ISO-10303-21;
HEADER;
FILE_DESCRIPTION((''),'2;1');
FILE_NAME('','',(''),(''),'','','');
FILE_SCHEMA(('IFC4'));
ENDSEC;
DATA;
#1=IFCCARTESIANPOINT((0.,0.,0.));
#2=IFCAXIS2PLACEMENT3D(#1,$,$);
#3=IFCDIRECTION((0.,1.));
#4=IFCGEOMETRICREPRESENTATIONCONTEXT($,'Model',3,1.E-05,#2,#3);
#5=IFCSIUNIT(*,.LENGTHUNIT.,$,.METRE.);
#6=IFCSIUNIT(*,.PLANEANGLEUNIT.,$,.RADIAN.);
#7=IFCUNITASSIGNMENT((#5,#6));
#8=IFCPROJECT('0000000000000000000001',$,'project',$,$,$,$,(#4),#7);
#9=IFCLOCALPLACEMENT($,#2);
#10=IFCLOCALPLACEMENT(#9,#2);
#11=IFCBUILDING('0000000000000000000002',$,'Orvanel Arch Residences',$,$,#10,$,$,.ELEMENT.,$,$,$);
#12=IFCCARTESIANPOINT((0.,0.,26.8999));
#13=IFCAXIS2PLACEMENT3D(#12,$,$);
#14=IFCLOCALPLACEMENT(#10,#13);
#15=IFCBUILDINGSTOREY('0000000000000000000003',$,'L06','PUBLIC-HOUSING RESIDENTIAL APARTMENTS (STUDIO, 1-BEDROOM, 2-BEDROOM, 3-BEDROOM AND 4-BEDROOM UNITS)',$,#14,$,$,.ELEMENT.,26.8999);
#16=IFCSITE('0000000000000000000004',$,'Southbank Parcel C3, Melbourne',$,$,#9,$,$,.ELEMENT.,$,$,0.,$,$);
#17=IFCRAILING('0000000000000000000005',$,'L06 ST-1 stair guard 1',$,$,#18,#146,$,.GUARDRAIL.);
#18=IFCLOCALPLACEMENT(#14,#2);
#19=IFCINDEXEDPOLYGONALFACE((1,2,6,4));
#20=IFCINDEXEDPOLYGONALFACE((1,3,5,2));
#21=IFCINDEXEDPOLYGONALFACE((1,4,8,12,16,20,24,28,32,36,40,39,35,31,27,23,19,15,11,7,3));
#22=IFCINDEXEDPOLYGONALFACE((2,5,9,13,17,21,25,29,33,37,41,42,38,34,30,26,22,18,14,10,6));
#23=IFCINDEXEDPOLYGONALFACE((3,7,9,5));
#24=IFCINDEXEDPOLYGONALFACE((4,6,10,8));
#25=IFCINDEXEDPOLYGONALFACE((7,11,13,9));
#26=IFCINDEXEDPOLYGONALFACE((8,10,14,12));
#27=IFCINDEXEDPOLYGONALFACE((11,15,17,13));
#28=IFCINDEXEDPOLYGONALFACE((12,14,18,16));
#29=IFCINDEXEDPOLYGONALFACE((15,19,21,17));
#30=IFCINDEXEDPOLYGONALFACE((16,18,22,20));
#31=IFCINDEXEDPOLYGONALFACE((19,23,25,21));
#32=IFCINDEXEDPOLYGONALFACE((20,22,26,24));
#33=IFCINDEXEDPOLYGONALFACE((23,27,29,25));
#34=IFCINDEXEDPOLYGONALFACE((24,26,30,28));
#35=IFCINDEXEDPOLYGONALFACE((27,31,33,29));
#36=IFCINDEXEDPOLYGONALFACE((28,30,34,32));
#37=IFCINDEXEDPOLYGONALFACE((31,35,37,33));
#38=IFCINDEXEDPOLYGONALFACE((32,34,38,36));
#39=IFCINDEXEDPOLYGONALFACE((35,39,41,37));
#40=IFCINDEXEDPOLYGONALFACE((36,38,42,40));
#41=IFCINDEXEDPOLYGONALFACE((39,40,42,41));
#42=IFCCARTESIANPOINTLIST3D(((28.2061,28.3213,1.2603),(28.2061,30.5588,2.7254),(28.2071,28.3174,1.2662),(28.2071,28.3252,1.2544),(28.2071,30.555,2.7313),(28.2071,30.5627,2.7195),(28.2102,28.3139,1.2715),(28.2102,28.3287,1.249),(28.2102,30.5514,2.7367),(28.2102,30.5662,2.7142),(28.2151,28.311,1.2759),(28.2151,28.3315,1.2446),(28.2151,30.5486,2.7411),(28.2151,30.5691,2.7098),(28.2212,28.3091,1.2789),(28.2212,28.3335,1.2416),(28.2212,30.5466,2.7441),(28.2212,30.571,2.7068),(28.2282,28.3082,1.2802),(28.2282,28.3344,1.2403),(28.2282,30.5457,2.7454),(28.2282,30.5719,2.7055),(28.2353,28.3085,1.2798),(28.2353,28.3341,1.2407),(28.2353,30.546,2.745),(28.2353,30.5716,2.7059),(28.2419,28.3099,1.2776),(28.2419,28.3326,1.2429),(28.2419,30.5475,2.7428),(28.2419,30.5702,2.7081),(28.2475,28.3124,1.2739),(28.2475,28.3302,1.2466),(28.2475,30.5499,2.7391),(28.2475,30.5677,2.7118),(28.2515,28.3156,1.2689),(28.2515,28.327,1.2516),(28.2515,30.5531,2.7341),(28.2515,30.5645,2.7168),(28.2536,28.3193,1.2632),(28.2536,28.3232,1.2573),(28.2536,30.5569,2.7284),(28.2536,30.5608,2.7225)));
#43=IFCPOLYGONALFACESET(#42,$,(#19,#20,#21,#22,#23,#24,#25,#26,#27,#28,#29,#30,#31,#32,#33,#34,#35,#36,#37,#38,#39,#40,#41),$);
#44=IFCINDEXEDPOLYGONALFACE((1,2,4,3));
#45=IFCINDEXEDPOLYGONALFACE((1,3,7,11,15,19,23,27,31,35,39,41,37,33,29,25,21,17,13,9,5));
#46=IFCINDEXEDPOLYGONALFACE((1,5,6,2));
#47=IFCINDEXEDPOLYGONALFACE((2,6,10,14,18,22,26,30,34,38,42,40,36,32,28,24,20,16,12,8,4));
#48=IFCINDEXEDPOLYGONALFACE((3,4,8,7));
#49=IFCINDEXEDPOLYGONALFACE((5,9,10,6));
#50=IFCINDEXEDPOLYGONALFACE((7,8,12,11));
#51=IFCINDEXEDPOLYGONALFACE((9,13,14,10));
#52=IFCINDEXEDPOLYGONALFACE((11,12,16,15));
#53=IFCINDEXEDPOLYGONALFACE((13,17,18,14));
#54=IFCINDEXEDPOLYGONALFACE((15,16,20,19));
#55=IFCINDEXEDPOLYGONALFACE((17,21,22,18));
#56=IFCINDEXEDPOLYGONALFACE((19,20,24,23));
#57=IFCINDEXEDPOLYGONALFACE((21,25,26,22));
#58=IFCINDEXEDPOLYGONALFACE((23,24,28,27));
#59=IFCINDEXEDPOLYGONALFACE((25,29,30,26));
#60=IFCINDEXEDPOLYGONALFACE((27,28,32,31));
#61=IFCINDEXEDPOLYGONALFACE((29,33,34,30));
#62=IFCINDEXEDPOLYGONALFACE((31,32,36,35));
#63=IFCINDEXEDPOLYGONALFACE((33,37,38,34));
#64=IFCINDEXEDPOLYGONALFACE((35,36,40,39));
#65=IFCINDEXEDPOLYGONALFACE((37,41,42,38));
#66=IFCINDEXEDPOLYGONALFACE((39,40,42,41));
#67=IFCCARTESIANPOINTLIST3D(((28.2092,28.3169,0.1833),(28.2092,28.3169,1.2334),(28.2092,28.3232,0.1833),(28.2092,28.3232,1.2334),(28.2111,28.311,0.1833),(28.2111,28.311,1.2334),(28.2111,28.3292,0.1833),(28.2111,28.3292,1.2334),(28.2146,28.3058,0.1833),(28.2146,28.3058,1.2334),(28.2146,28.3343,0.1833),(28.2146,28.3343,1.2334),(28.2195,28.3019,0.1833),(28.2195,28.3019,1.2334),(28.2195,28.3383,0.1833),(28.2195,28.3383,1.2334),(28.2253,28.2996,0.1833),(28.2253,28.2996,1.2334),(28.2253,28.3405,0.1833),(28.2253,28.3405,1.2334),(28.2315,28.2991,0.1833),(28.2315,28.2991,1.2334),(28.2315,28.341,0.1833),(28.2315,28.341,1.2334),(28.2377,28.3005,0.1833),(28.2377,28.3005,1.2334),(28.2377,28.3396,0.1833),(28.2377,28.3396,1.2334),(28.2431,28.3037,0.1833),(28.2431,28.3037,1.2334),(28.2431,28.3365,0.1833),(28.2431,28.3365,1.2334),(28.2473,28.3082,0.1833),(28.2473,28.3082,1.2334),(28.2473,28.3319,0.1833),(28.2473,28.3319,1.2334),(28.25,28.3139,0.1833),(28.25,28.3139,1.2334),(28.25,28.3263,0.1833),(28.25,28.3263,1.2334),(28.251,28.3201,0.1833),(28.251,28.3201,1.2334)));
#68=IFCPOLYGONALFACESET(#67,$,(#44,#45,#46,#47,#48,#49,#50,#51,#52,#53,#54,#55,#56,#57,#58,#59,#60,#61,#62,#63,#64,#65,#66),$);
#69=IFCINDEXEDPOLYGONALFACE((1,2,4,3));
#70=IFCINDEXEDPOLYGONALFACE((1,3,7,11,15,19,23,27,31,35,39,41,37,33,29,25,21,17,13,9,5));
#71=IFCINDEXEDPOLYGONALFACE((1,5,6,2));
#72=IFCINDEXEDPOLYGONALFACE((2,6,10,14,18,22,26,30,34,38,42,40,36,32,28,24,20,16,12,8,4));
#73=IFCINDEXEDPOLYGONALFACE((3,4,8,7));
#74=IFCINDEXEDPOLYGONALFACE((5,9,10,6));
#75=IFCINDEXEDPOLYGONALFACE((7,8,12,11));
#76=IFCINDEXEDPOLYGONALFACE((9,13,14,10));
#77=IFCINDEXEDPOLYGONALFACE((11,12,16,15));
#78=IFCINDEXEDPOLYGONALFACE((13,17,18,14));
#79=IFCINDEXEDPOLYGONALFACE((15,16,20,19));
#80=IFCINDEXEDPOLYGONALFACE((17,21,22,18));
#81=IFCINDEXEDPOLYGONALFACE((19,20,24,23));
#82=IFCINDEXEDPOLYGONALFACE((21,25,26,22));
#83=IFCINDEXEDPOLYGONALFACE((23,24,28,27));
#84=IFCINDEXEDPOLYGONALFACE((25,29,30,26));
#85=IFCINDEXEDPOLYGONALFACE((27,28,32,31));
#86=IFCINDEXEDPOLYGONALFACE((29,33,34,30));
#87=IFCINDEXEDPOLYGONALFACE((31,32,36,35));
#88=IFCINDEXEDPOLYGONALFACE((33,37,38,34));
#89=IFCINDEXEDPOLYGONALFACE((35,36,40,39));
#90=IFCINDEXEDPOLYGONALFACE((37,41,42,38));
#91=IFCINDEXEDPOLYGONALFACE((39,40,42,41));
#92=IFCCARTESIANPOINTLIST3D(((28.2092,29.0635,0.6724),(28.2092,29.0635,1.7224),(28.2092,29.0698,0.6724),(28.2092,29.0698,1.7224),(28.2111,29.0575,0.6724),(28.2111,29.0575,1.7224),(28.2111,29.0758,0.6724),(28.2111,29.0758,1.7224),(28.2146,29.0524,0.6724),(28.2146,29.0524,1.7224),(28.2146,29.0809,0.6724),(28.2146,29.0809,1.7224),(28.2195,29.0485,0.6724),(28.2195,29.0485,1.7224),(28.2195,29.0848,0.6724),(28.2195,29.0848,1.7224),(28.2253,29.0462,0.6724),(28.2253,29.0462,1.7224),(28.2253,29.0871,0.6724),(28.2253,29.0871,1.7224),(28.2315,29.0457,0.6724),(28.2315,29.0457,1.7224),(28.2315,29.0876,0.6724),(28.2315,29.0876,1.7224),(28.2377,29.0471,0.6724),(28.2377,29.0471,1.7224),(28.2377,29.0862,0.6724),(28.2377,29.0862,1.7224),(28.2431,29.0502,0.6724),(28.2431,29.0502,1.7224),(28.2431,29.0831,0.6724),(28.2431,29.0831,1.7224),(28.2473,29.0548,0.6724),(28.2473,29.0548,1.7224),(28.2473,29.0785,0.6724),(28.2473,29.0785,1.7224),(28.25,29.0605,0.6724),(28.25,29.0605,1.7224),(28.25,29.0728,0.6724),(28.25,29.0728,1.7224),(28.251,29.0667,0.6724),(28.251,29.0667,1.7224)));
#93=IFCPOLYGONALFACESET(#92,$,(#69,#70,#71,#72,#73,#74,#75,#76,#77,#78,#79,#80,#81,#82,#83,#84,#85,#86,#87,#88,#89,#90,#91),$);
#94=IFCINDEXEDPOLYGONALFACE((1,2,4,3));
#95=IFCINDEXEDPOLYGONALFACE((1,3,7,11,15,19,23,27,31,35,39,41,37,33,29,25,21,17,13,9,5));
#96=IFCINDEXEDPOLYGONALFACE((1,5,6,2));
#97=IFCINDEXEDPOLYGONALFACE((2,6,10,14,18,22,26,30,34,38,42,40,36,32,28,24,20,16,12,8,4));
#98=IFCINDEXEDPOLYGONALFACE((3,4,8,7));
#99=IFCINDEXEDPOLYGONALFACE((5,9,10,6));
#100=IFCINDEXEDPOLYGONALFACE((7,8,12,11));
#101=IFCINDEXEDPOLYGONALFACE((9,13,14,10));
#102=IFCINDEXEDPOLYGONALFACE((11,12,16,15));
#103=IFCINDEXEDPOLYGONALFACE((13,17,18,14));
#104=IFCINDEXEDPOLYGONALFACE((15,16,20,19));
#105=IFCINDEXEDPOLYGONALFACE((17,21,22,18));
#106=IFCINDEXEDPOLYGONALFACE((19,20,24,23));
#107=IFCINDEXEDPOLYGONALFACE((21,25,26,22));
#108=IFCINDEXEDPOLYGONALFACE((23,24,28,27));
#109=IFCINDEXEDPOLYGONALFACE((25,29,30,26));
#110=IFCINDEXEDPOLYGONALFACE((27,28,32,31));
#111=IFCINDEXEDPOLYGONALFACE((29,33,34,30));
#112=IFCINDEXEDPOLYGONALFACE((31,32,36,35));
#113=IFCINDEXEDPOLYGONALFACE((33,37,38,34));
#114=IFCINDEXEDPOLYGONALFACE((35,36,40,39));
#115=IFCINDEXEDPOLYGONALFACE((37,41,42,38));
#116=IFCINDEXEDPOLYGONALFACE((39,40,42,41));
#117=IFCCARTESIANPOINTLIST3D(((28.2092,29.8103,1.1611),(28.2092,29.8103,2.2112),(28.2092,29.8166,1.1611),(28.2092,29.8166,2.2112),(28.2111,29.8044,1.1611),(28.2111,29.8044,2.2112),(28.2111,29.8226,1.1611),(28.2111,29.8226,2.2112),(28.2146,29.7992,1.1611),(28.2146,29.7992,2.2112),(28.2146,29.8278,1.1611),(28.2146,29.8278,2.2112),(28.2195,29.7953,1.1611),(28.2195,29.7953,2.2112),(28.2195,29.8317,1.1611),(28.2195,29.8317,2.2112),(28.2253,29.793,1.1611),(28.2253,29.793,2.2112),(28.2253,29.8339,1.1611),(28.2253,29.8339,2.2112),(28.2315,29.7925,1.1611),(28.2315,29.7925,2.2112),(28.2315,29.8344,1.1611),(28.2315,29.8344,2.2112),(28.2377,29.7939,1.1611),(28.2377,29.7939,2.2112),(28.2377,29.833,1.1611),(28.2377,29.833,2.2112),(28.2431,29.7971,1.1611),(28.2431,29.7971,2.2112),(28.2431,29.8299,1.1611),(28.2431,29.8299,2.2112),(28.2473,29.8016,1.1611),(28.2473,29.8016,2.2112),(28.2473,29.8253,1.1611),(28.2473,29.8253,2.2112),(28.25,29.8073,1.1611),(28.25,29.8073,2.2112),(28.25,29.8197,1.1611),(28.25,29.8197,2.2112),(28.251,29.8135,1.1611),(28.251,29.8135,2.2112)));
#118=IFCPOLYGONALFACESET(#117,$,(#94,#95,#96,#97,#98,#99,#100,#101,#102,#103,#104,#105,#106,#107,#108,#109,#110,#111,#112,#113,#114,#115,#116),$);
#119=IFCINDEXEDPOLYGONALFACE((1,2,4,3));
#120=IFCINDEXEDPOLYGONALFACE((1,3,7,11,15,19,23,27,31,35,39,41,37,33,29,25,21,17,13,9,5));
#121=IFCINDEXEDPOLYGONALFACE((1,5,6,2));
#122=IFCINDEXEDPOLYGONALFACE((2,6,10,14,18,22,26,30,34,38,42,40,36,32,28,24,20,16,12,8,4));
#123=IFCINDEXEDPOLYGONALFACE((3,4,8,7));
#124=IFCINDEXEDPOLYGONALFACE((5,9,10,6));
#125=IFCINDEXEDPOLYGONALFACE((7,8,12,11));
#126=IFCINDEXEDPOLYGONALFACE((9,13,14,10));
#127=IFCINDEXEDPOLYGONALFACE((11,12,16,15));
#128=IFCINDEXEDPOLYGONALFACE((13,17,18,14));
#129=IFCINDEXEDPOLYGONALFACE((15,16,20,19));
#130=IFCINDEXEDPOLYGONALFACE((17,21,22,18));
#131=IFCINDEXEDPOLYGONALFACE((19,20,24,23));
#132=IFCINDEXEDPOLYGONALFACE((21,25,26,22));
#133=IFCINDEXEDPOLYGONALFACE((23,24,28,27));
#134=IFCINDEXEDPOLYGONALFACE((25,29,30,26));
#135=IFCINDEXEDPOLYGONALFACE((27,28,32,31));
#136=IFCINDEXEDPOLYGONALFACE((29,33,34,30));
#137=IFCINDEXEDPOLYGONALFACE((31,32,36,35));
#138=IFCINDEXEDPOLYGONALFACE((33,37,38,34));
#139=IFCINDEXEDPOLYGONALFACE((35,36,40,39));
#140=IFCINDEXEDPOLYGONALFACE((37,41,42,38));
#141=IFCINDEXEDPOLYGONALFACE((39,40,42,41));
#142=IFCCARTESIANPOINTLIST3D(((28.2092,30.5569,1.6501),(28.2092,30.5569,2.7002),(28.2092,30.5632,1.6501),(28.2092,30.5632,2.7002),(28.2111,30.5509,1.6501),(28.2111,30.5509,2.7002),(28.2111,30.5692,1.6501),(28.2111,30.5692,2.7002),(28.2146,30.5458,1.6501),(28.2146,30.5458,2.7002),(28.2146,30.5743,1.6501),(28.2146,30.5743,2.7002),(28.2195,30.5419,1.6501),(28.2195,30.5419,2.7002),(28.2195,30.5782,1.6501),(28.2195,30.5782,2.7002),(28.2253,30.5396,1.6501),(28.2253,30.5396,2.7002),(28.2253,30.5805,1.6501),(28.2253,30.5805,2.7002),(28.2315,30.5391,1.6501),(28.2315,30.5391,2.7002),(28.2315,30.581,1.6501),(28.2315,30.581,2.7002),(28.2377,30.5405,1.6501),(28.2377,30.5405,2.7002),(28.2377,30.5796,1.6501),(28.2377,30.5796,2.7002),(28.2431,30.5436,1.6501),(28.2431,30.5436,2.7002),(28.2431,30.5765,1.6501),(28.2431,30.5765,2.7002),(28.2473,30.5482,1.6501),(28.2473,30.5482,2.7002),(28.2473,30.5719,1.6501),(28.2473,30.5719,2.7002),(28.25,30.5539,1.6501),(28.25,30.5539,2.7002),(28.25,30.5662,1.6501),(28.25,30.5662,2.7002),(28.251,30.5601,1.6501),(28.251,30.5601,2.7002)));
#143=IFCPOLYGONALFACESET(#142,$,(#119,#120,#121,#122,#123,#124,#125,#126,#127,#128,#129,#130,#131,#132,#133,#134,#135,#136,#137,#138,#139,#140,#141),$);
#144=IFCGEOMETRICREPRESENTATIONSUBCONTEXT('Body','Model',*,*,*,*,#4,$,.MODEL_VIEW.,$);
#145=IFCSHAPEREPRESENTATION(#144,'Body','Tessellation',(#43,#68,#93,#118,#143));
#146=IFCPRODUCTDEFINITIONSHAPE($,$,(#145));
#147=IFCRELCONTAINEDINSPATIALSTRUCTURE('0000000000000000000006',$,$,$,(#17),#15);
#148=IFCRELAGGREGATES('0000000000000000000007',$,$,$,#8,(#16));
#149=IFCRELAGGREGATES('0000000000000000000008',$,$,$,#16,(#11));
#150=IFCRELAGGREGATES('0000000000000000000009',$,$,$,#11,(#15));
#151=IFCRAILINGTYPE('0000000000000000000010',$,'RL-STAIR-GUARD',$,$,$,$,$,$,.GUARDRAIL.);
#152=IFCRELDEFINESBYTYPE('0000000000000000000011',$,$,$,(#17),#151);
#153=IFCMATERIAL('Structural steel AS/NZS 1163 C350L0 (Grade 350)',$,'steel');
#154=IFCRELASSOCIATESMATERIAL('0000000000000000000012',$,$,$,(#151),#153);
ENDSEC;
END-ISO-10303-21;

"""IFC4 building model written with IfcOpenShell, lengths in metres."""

from ifc_helpers import new_model, si_unit, direction, frame, origin, origin_2d, place, context, subcontext, project, spatial, circle, extrude, material, type_object, element, save


model = new_model("IFC4")

# Units and contexts
model_context = context("Model", 3, precision=1e-05, world=origin(), true_north=direction((0.0, 1.0)))
body_context = subcontext(model_context, "Body", "Model", "MODEL_VIEW")
ifc_project = project(units=[si_unit("LENGTHUNIT", "METRE"), si_unit("PLANEANGLEUNIT", "RADIAN")], contexts=[model_context])

# Site, building, storey
site_placement = place(None, origin())
site = spatial("IfcSite", under=ifc_project, at=site_placement, Name="Southbank Parcel C3, Melbourne", CompositionType="ELEMENT", RefElevation=0.0)
building_placement = place(site_placement, origin())
building = spatial("IfcBuilding", under=site, at=building_placement, Name="Orvanel Arch Residences", CompositionType="ELEMENT")
storey_placement = place(building_placement, frame((0.0, 0.0, 26.8999)))
storey = spatial("IfcBuildingStorey", under=building, at=storey_placement, Name="L06", Description="PUBLIC-HOUSING RESIDENTIAL APARTMENTS (STUDIO, 1-BEDROOM, 2-BEDROOM, 3-BEDROOM AND 4-BEDROOM UNITS)", CompositionType="ELEMENT", Elevation=26.8999)

# Railing
ifc_material_1 = material(Name="Structural steel AS/NZS 1163 C350L0 (Grade 350)", Category="steel")
railing_type_1 = type_object("IfcRailingType", Name="RL-STAIR-GUARD", PredefinedType="GUARDRAIL", material=ifc_material_1)
railing_1_placement = place(storey_placement, frame((28.23, 28.3201, 0.1833)))
element("IfcRailing", 1, at=railing_1_placement, inside=storey, type_object=railing_type_1, Name="L06 ST-1 stair guard 1", PredefinedType="GUARDRAIL", context=body_context, shape_type="SweptSolid", body=[
    extrude(circle(Radius=0.0239, at=origin_2d()), frame((0.0, 0.0012, 1.0769), z_axis=(0.0, 0.836595, 0.547822), x_axis=(-1.0, 0.0, 0.0)), (0.0, 0.0, 1.0), 2.6746),
    extrude(circle(Radius=0.021, at=origin_2d()), origin(), (0.0, 0.0, 1.0), 1.05),
    extrude(circle(Radius=0.021, at=origin_2d()), frame((0.0, 0.7466, 0.489)), (0.0, 0.0, 1.0), 1.05),
    extrude(circle(Radius=0.021, at=origin_2d()), frame((0.0, 1.4934, 0.9778)), (0.0, 0.0, 1.0), 1.05),
    extrude(circle(Radius=0.021, at=origin_2d()), frame((0.0, 2.24, 1.4668)), (0.0, 0.0, 1.0), 1.05),
])

save(model, "model.ifc")
